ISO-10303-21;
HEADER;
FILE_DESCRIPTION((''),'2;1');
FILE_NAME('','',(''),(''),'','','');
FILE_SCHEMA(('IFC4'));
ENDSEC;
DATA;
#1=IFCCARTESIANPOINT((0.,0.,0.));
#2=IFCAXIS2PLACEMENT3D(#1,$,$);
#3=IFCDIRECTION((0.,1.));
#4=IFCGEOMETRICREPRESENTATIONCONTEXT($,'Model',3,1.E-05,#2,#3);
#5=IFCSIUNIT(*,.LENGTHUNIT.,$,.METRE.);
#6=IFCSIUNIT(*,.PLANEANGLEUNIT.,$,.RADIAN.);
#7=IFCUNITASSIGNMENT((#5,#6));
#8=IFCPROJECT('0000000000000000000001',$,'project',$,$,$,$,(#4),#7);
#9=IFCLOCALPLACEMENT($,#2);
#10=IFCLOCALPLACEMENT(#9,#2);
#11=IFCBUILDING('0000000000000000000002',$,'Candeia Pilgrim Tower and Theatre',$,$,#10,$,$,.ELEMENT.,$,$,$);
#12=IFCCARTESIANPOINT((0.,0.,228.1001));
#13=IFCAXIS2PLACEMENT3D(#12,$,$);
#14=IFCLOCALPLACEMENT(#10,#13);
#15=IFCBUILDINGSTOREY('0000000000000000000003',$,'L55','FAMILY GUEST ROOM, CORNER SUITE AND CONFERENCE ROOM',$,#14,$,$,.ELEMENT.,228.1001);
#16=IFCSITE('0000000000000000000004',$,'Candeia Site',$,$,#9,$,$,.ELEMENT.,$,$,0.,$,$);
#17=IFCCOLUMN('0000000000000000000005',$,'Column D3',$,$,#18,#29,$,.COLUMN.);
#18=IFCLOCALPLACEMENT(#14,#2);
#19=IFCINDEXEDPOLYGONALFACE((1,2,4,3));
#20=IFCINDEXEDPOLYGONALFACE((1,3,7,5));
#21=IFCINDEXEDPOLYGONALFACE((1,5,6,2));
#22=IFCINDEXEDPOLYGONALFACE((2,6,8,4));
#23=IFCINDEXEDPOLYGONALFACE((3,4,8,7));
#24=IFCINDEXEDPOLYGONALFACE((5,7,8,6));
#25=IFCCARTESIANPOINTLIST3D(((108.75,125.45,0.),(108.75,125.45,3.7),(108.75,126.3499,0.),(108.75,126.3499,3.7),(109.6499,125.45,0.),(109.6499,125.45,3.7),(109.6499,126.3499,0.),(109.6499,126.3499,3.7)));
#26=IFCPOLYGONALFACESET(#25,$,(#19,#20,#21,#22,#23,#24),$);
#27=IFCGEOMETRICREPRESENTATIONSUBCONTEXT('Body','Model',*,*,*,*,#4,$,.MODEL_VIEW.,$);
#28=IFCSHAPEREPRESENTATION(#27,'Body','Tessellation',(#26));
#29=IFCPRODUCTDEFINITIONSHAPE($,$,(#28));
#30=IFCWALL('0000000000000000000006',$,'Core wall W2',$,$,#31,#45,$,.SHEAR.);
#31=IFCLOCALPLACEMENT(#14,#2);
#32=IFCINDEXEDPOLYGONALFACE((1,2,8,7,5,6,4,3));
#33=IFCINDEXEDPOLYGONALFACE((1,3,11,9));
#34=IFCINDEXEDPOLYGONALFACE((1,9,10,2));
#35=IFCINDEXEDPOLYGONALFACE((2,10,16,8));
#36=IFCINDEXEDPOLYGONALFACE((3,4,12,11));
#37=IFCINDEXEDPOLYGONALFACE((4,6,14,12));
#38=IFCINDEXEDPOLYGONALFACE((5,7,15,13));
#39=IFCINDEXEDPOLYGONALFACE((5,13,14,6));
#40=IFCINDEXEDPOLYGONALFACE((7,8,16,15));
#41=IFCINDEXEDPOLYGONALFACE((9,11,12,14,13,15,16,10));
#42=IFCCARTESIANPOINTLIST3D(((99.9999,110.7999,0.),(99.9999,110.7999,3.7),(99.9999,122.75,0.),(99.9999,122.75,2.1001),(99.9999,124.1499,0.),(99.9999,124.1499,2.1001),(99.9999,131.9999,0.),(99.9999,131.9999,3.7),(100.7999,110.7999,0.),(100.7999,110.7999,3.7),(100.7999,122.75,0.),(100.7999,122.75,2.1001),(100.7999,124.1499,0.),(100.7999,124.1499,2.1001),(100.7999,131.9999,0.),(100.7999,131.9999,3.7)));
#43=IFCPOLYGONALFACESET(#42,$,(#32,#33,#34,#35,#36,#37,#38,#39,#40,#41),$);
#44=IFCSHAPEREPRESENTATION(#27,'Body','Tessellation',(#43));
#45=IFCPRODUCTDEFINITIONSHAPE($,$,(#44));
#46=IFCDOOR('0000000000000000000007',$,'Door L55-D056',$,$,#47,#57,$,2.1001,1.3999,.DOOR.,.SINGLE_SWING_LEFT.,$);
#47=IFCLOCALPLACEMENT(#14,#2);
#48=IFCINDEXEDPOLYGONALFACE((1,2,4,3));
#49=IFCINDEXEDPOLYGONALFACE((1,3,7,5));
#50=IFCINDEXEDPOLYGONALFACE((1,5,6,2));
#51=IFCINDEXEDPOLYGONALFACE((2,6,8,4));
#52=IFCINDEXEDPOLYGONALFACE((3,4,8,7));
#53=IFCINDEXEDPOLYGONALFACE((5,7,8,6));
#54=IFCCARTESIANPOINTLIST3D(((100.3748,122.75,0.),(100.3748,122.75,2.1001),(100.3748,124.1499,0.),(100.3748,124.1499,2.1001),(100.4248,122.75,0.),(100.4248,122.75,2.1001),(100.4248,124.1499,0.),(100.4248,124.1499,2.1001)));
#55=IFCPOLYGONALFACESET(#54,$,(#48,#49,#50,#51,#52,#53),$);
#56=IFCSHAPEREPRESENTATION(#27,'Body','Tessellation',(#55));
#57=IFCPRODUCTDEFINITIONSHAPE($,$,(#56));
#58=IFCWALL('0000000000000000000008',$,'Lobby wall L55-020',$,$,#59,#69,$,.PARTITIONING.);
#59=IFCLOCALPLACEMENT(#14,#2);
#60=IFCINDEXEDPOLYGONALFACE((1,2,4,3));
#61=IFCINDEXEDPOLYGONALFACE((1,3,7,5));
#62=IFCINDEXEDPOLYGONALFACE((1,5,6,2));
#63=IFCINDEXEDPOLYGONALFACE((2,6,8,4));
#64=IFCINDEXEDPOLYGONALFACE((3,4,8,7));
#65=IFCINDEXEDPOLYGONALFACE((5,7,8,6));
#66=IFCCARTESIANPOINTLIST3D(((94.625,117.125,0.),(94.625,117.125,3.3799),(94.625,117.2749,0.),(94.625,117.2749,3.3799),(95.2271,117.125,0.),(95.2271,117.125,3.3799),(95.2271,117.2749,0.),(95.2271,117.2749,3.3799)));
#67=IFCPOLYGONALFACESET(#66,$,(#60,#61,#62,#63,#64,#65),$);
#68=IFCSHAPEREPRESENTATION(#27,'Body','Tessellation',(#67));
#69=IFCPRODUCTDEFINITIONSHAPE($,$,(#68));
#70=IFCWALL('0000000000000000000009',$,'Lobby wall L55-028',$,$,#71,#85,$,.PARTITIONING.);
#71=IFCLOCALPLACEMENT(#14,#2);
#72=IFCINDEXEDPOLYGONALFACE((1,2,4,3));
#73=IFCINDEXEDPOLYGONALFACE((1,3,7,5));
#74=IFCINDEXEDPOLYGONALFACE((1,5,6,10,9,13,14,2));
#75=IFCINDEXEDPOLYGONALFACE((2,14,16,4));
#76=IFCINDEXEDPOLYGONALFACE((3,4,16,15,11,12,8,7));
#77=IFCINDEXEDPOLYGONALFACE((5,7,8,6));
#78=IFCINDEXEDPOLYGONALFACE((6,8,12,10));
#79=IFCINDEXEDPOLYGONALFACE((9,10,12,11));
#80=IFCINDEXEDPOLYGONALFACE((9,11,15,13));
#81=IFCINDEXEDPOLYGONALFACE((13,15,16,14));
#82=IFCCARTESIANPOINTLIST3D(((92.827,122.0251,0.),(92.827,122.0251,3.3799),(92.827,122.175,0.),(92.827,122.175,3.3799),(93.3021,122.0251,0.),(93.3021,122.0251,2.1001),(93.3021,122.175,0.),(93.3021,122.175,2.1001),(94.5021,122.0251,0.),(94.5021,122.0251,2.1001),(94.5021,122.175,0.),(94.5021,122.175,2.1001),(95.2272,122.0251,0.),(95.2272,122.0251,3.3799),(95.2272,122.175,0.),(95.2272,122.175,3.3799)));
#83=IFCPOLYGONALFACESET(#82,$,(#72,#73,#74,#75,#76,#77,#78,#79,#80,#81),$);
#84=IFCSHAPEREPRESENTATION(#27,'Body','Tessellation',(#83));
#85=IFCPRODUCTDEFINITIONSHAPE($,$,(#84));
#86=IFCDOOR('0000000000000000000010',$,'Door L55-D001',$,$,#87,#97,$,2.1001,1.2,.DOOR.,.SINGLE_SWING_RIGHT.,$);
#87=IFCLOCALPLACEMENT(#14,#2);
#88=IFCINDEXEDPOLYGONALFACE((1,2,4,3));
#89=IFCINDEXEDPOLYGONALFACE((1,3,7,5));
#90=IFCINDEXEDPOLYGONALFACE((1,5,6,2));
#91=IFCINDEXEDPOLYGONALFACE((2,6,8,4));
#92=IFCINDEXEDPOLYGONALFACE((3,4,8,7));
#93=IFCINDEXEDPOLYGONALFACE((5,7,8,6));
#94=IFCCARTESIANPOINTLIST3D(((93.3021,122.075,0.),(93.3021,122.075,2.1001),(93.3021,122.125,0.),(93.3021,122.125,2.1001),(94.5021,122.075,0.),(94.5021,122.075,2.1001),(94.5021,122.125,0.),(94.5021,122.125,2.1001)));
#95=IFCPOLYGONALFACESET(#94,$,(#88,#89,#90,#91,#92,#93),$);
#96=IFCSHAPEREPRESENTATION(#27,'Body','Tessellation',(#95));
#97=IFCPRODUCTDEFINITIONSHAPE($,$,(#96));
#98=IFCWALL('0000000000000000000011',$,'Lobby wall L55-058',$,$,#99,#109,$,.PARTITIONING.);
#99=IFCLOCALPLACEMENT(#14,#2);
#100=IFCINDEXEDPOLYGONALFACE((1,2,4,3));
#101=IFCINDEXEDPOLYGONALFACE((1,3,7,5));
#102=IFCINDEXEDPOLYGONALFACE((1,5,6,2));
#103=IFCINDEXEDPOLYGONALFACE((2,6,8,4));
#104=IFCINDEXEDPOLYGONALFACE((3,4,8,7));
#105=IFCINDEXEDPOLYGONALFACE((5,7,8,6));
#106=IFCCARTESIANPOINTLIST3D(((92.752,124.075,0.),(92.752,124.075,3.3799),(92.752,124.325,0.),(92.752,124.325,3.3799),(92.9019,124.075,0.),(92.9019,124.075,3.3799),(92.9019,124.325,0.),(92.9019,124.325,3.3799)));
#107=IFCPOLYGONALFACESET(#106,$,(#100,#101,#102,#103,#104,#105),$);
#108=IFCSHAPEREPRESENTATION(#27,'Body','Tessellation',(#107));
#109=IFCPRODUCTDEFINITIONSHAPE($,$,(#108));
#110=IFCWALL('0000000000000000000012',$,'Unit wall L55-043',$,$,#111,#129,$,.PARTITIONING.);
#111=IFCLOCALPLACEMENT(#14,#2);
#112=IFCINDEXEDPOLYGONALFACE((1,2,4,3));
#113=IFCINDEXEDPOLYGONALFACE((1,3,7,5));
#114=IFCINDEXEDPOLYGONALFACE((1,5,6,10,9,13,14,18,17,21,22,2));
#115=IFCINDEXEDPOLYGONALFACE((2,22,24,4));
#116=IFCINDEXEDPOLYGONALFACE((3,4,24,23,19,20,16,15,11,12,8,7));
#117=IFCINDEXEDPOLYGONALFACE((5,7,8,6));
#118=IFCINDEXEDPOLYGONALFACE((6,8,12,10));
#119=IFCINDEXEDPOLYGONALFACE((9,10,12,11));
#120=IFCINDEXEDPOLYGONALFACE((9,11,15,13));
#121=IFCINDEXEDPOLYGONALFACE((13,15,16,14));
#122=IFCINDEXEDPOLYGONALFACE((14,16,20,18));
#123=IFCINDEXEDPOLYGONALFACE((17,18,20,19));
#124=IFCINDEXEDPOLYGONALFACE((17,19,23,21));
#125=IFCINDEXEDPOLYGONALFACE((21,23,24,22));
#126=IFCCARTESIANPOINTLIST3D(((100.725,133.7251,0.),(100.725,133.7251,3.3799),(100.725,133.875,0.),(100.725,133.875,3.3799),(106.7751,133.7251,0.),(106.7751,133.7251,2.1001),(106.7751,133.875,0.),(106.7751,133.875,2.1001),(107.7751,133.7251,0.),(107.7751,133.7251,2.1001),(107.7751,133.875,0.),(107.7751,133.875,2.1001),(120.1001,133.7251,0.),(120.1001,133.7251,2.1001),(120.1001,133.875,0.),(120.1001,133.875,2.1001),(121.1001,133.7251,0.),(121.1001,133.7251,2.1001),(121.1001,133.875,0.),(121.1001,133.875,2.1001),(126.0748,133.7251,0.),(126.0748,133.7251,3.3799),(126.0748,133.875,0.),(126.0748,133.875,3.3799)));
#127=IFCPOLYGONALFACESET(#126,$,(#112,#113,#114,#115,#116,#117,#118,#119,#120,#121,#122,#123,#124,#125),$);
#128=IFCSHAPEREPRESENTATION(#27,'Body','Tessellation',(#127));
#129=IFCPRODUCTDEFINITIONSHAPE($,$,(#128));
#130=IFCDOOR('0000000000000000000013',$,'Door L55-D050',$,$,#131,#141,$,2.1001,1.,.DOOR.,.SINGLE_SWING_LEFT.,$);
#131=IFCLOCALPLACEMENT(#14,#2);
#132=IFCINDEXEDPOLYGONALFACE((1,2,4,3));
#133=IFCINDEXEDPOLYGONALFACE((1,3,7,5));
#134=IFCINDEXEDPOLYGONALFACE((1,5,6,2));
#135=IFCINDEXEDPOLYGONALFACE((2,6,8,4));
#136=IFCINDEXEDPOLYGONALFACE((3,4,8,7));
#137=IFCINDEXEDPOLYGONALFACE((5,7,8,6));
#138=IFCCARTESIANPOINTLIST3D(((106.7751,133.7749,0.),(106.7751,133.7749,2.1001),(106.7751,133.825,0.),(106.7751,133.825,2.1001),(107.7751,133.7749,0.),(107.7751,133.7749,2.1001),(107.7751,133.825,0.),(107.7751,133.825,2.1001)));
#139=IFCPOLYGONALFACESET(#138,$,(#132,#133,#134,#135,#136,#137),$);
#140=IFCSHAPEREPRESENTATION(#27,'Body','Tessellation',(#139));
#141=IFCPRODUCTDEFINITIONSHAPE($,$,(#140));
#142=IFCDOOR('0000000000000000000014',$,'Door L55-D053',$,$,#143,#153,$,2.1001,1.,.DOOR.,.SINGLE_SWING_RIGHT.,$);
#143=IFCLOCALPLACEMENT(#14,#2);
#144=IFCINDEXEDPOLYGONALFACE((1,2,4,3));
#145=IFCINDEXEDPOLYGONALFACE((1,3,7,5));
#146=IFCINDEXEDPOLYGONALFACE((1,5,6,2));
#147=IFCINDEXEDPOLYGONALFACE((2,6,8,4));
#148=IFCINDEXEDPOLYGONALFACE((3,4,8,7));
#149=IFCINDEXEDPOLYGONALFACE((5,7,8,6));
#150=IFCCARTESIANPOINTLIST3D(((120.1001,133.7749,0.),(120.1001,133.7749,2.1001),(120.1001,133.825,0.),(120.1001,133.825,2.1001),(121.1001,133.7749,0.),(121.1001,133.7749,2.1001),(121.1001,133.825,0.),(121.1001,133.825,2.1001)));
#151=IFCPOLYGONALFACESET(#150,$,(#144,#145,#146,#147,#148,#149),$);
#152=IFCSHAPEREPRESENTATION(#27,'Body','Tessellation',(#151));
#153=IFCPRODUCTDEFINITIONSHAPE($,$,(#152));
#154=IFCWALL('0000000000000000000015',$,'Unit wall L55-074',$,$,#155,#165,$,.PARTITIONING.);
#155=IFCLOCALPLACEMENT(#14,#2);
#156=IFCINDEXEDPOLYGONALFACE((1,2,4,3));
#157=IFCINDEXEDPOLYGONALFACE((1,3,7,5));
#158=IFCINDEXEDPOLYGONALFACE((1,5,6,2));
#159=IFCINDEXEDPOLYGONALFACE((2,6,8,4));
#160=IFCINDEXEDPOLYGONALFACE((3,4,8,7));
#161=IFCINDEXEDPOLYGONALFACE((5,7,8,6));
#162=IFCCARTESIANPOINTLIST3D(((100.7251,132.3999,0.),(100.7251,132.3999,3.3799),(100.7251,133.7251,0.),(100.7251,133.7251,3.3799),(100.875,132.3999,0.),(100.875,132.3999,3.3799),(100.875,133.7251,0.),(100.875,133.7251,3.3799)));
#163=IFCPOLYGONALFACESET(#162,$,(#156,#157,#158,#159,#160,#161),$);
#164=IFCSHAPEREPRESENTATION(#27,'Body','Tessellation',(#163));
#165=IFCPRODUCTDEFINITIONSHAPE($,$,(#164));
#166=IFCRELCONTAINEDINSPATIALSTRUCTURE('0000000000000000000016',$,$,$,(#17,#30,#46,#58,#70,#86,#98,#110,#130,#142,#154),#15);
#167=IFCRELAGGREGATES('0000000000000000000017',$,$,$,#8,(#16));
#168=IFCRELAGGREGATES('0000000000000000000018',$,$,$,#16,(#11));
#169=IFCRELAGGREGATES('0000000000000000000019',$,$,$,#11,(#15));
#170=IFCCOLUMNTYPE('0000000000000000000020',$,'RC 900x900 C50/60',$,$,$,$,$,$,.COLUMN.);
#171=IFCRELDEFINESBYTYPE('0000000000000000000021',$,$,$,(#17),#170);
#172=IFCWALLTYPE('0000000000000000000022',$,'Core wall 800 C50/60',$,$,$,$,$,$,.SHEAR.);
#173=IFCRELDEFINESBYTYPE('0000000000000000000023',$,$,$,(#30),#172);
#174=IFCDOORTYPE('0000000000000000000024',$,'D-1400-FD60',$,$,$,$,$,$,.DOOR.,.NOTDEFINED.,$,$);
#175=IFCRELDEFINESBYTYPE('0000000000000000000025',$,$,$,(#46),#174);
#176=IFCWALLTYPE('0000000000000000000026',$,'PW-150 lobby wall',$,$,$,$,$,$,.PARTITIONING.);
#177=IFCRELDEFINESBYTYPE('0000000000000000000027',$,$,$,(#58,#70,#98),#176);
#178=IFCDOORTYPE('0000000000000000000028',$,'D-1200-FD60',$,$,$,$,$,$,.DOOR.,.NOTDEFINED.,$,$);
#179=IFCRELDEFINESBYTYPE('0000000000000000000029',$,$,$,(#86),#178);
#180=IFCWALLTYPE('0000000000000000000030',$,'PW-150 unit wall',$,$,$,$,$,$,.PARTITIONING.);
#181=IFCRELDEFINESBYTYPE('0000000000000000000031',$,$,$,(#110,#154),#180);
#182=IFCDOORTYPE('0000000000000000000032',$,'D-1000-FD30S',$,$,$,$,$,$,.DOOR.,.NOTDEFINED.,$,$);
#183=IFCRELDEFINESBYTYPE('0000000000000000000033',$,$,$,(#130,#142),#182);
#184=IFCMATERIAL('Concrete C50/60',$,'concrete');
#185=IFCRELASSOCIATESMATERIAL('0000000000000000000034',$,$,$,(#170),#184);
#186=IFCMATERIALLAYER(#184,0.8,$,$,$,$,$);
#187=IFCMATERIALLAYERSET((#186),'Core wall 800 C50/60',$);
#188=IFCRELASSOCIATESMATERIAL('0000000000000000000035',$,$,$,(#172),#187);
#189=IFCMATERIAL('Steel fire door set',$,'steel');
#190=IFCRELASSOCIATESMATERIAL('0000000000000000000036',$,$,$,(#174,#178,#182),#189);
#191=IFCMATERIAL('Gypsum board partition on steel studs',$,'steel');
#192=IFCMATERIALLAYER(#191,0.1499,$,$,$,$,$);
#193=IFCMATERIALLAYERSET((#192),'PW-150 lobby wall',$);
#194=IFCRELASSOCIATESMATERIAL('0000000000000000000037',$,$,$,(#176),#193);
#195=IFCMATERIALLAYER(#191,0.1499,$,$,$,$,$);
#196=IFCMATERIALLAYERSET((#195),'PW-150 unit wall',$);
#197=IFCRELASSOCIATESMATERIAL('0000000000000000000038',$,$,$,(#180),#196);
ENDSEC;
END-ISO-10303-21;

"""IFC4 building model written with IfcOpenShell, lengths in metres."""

from ifc_helpers import new_model, si_unit, direction, frame, frame_2d, origin, origin_2d, place, context, subcontext, project, spatial, rectangle, extrude, material, layer, layer_set, material_profile, profile_set, type_object, element, fill, save


model = new_model("IFC4")

# Units and contexts
model_context = context("Model", 3, precision=1e-05, world=origin(), true_north=direction((0.0, 1.0)))
body_context = subcontext(model_context, "Body", "Model", "MODEL_VIEW")
ifc_project = project(units=[si_unit("LENGTHUNIT", "METRE"), si_unit("PLANEANGLEUNIT", "RADIAN")], contexts=[model_context])

# Site, building, storey
site_placement = place(None, origin())
site = spatial("IfcSite", under=ifc_project, at=site_placement, Name="Candeia Site", CompositionType="ELEMENT", RefElevation=0.0)
building_placement = place(site_placement, origin())
building = spatial("IfcBuilding", under=site, at=building_placement, Name="Candeia Pilgrim Tower and Theatre", CompositionType="ELEMENT")
storey_placement = place(building_placement, frame((0.0, 0.0, 228.1001)))
storey = spatial("IfcBuildingStorey", under=building, at=storey_placement, Name="L55", Description="FAMILY GUEST ROOM, CORNER SUITE AND CONFERENCE ROOM", CompositionType="ELEMENT", Elevation=228.1001)

# Column
ifc_material_1 = material(Name="Concrete C50/60", Category="concrete")
ifc_material_profile = material_profile(ifc_material_1, rectangle(XDim=0.8999, YDim=0.8999, at=origin_2d()))
ifc_profile_set = profile_set([ifc_material_profile], Name="Concrete C50/60")
column_type = type_object("IfcColumnType", Name="RC 900x900 C50/60", PredefinedType="COLUMN", material=ifc_profile_set)
column_placement = place(storey_placement, frame((109.2, 125.8999, 0.0), z_axis=(0.0, 0.0, 1.0), x_axis=(1.0, 0.0, 0.0)))
element("IfcColumn", 1, at=column_placement, inside=storey, type_object=column_type, Name="Column D3", PredefinedType="COLUMN", context=body_context, shape_type="SweptSolid", body=[
    extrude(rectangle(XDim=0.8999, YDim=0.8999, at=origin_2d()), origin(), (0.0, 0.0, 1.0), 3.7),
])

# Wall, opening, door
ifc_layer_1 = layer(ifc_material_1, 0.8)
ifc_layer_set_1 = layer_set([ifc_layer_1], Name="Core wall 800 C50/60")
wall_type_1 = type_object("IfcWallType", Name="Core wall 800 C50/60", PredefinedType="SHEAR", material=ifc_layer_set_1)
wall_1_placement = place(storey_placement, frame((100.3999, 132.0, 0.0), z_axis=(0.0, 0.0, 1.0), x_axis=(0.0, -1.0, 0.0)))
wall_1 = element("IfcWall", 2, at=wall_1_placement, inside=storey, type_object=wall_type_1, Name="Core wall W2", PredefinedType="SHEAR", context=body_context, shape_type="SweptSolid", body=[
    extrude(rectangle(XDim=21.2, YDim=0.8, at=frame_2d((10.6001, 0.0))), origin(), (0.0, 0.0, 1.0), 3.7),
])
opening_1_placement = place(wall_1_placement, frame((7.8501, 0.0, 0.0)))
opening_1 = element("IfcOpeningElement", 3, at=opening_1_placement, cuts=wall_1, PredefinedType="OPENING", context=body_context, shape_type="SweptSolid", body=[
    extrude(rectangle(XDim=1.3999, YDim=2.1001, at=frame_2d((0.7, 1.05))), frame((0.0, 0.4102, 0.0), z_axis=(0.0, -1.0, 0.0), x_axis=(1.0, 0.0, 0.0)), (0.0, 0.0, 1.0), 0.8201),
])
ifc_material_2 = material(Name="Steel fire door set", Category="steel")
door_type_1 = type_object("IfcDoorType", Name="D-1400-FD60", OperationType="NOTDEFINED", PredefinedType="DOOR", material=ifc_material_2)
door_1_placement = place(opening_1_placement, origin())
door_1 = element("IfcDoor", 4, at=door_1_placement, inside=storey, type_object=door_type_1, Name="Door L55-D056", OperationType="SINGLE_SWING_LEFT", OverallHeight=2.1001, OverallWidth=1.3999, PredefinedType="DOOR", context=body_context, shape_type="SweptSolid", body=[
    extrude(rectangle(XDim=1.3999, YDim=2.1001, at=frame_2d((0.7, 1.05))), frame((0.0, 0.0249, 0.0), z_axis=(0.0, -1.0, 0.0), x_axis=(1.0, 0.0, 0.0)), (0.0, 0.0, 1.0), 0.05),
])
fill(opening_1, door_1)

# Wall
ifc_material_3 = material(Name="Gypsum board partition on steel studs", Category="steel")
ifc_layer_2 = layer(ifc_material_3, 0.1499)
ifc_layer_set_2 = layer_set([ifc_layer_2], Name="PW-150 lobby wall")
wall_type_2 = type_object("IfcWallType", Name="PW-150 lobby wall", PredefinedType="PARTITIONING", material=ifc_layer_set_2)
wall_2_placement = place(storey_placement, frame((94.625, 117.2, 0.0), z_axis=(0.0, 0.0, 1.0), x_axis=(1.0, 0.0, 0.0)))
element("IfcWall", 5, at=wall_2_placement, inside=storey, type_object=wall_type_2, Name="Lobby wall L55-020", PredefinedType="PARTITIONING", context=body_context, shape_type="SweptSolid", body=[
    extrude(rectangle(XDim=0.6021, YDim=0.1499, at=frame_2d((0.301, 0.0))), origin(), (0.0, 0.0, 1.0), 3.3799),
])

# Wall, opening, door
wall_3_placement = place(storey_placement, frame((92.8269, 122.1001, 0.0), z_axis=(0.0, 0.0, 1.0), x_axis=(1.0, 0.0, 0.0)))
wall_3 = element("IfcWall", 6, at=wall_3_placement, inside=storey, type_object=wall_type_2, Name="Lobby wall L55-028", PredefinedType="PARTITIONING", context=body_context, shape_type="SweptSolid", body=[
    extrude(rectangle(XDim=2.4001, YDim=0.1499, at=frame_2d((1.2002, 0.0))), origin(), (0.0, 0.0, 1.0), 3.3799),
])
opening_2_placement = place(wall_3_placement, frame((0.4751, 0.0, 0.0)))
opening_2 = element("IfcOpeningElement", 7, at=opening_2_placement, cuts=wall_3, PredefinedType="OPENING", context=body_context, shape_type="SweptSolid", body=[
    extrude(rectangle(XDim=1.2, YDim=2.1001, at=frame_2d((0.6001, 1.05))), frame((0.0, 0.085, 0.0), z_axis=(0.0, -1.0, 0.0), x_axis=(1.0, 0.0, 0.0)), (0.0, 0.0, 1.0), 0.1699),
])
door_type_2 = type_object("IfcDoorType", Name="D-1200-FD60", OperationType="NOTDEFINED", PredefinedType="DOOR", material=ifc_material_2)
door_2_placement = place(opening_2_placement, origin())
door_2 = element("IfcDoor", 8, at=door_2_placement, inside=storey, type_object=door_type_2, Name="Door L55-D001", OperationType="SINGLE_SWING_RIGHT", OverallHeight=2.1001, OverallWidth=1.2, PredefinedType="DOOR", context=body_context, shape_type="SweptSolid", body=[
    extrude(rectangle(XDim=1.2, YDim=2.1001, at=frame_2d((0.6001, 1.05))), frame((0.0, 0.0249, 0.0), z_axis=(0.0, -1.0, 0.0), x_axis=(1.0, 0.0, 0.0)), (0.0, 0.0, 1.0), 0.05),
])
fill(opening_2, door_2)

# Wall
wall_4_placement = place(storey_placement, frame((92.8269, 124.075, 0.0), z_axis=(0.0, 0.0, 1.0), x_axis=(0.0, 1.0, 0.0)))
element("IfcWall", 9, at=wall_4_placement, inside=storey, type_object=wall_type_2, Name="Lobby wall L55-058", PredefinedType="PARTITIONING", context=body_context, shape_type="SweptSolid", body=[
    extrude(rectangle(XDim=0.25, YDim=0.1499, at=frame_2d((0.125, 0.0))), origin(), (0.0, 0.0, 1.0), 3.3799),
])

# Wall, openings, doors
ifc_layer_3 = layer(ifc_material_3, 0.1499)
ifc_layer_set_3 = layer_set([ifc_layer_3], Name="PW-150 unit wall")
wall_type_3 = type_object("IfcWallType", Name="PW-150 unit wall", PredefinedType="PARTITIONING", material=ifc_layer_set_3)
wall_5_placement = place(storey_placement, frame((100.7251, 133.8, 0.0), z_axis=(0.0, 0.0, 1.0), x_axis=(1.0, 0.0, 0.0)))
wall_5 = element("IfcWall", 10, at=wall_5_placement, inside=storey, type_object=wall_type_3, Name="Unit wall L55-043", PredefinedType="PARTITIONING", context=body_context, shape_type="SweptSolid", body=[
    extrude(rectangle(XDim=25.3499, YDim=0.1499, at=frame_2d((12.6748, 0.0))), origin(), (0.0, 0.0, 1.0), 3.3799),
])
opening_3_placement = place(wall_5_placement, frame((6.05, 0.0, 0.0)))
opening_3 = element("IfcOpeningElement", 11, at=opening_3_placement, cuts=wall_5, PredefinedType="OPENING", context=body_context, shape_type="SweptSolid", body=[
    extrude(rectangle(XDim=1.0, YDim=2.1001, at=frame_2d((0.5, 1.05))), frame((0.0, 0.085, 0.0), z_axis=(0.0, -1.0, 0.0), x_axis=(1.0, 0.0, 0.0)), (0.0, 0.0, 1.0), 0.1699),
])
opening_4_placement = place(wall_5_placement, frame((19.375, 0.0, 0.0)))
opening_4 = element("IfcOpeningElement", 12, at=opening_4_placement, cuts=wall_5, PredefinedType="OPENING", context=body_context, shape_type="SweptSolid", body=[
    extrude(rectangle(XDim=1.0, YDim=2.1001, at=frame_2d((0.5, 1.05))), frame((0.0, 0.085, 0.0), z_axis=(0.0, -1.0, 0.0), x_axis=(1.0, 0.0, 0.0)), (0.0, 0.0, 1.0), 0.1699),
])
door_type_3 = type_object("IfcDoorType", Name="D-1000-FD30S", OperationType="NOTDEFINED", PredefinedType="DOOR", material=ifc_material_2)
door_3_placement = place(opening_3_placement, origin())
door_3 = element("IfcDoor", 13, at=door_3_placement, inside=storey, type_object=door_type_3, Name="Door L55-D050", OperationType="SINGLE_SWING_LEFT", OverallHeight=2.1001, OverallWidth=1.0, PredefinedType="DOOR", context=body_context, shape_type="SweptSolid", body=[
    extrude(rectangle(XDim=1.0, YDim=2.1001, at=frame_2d((0.5, 1.05))), frame((0.0, 0.0249, 0.0), z_axis=(0.0, -1.0, 0.0), x_axis=(1.0, 0.0, 0.0)), (0.0, 0.0, 1.0), 0.05),
])
fill(opening_3, door_3)
door_4_placement = place(opening_4_placement, origin())
door_4 = element("IfcDoor", 14, at=door_4_placement, inside=storey, type_object=door_type_3, Name="Door L55-D053", OperationType="SINGLE_SWING_RIGHT", OverallHeight=2.1001, OverallWidth=1.0, PredefinedType="DOOR", context=body_context, shape_type="SweptSolid", body=[
    extrude(rectangle(XDim=1.0, YDim=2.1001, at=frame_2d((0.5, 1.05))), frame((0.0, 0.0249, 0.0), z_axis=(0.0, -1.0, 0.0), x_axis=(1.0, 0.0, 0.0)), (0.0, 0.0, 1.0), 0.05),
])
fill(opening_4, door_4)

# Wall
wall_6_placement = place(storey_placement, frame((100.8, 132.3999, 0.0), z_axis=(0.0, 0.0, 1.0), x_axis=(0.0, 1.0, 0.0)))
element("IfcWall", 15, at=wall_6_placement, inside=storey, type_object=wall_type_3, Name="Unit wall L55-074", PredefinedType="PARTITIONING", context=body_context, shape_type="SweptSolid", body=[
    extrude(rectangle(XDim=1.3252, YDim=0.1499, at=frame_2d((0.6626, 0.0))), origin(), (0.0, 0.0, 1.0), 3.3799),
])

save(model, "model.ifc")
